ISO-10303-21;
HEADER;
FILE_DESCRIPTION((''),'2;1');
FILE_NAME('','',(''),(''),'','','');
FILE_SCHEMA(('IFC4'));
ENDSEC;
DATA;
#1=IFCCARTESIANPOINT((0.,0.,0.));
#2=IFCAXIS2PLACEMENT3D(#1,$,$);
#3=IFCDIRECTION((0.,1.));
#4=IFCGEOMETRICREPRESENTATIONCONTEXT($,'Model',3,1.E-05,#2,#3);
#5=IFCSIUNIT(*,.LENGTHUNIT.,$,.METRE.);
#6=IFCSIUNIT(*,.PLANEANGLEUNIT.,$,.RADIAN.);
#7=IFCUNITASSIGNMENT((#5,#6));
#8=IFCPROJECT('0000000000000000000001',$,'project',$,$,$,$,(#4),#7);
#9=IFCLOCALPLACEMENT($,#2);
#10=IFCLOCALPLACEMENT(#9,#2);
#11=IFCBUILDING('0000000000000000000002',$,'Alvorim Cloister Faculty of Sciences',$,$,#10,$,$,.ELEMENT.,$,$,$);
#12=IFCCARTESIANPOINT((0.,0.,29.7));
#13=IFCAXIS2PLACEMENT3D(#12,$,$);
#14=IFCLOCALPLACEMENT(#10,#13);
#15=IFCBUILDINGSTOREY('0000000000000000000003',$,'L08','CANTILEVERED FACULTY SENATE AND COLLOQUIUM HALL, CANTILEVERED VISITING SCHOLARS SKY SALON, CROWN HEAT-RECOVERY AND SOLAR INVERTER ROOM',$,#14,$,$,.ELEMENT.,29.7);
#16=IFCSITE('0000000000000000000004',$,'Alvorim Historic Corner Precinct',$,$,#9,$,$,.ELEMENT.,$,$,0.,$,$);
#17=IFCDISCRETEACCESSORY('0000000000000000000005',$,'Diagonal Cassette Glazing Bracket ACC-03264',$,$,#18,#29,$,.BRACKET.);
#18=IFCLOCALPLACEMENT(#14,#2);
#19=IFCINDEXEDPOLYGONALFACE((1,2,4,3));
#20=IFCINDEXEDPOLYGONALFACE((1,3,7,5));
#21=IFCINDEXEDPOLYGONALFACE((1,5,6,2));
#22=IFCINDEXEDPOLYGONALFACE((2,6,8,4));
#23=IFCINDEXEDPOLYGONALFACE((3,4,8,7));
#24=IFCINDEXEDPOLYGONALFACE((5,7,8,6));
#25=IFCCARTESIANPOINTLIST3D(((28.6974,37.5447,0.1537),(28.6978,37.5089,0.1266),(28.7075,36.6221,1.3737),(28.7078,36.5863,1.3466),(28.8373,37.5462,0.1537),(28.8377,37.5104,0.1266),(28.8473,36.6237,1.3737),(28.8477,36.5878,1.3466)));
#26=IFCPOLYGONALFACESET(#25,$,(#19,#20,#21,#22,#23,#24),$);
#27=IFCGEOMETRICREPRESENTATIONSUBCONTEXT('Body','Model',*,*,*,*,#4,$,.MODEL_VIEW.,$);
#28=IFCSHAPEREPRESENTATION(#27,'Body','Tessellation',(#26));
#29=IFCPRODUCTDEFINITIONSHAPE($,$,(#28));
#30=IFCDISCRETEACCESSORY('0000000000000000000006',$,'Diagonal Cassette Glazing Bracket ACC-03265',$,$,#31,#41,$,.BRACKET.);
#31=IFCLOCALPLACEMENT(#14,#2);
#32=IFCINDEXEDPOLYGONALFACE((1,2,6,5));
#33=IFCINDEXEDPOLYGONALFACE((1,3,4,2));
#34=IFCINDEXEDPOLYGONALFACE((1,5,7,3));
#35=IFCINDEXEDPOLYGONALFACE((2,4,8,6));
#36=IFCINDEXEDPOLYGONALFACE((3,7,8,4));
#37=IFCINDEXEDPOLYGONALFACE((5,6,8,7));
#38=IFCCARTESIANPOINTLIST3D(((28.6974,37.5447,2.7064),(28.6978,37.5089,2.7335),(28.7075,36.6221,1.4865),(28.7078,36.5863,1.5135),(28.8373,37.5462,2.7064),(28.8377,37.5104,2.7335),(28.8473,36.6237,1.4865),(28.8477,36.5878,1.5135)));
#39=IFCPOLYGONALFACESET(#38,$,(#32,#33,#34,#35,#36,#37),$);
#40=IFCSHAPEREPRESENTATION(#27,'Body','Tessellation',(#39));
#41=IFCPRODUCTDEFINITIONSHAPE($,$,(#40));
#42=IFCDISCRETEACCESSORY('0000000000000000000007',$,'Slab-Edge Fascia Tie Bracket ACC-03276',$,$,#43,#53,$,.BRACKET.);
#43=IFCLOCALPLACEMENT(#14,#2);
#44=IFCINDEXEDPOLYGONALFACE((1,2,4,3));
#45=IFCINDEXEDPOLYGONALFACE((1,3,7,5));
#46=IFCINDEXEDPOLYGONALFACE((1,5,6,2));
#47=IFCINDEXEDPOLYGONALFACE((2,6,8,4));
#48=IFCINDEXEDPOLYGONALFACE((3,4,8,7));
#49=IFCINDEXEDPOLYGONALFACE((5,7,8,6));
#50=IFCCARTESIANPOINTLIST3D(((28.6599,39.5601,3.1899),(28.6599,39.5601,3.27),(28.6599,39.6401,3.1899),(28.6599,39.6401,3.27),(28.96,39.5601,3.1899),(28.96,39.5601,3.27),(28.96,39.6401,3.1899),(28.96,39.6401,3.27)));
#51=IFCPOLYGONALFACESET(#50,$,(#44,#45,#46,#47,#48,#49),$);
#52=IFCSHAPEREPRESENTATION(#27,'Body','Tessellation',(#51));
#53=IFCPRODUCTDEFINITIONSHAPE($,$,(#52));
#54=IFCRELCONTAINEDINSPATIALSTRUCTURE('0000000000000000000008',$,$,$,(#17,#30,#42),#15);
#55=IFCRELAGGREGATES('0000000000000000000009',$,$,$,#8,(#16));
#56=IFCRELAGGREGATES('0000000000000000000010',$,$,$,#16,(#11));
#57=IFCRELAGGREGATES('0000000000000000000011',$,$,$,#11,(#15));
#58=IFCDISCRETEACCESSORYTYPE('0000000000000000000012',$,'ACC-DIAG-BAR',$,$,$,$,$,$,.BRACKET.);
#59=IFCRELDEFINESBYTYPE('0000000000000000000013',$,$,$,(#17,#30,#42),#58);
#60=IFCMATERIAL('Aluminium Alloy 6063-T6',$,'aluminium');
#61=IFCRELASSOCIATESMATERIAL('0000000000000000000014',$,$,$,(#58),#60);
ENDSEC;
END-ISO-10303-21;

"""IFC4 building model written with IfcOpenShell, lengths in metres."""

from ifc_helpers import new_model, si_unit, direction, frame, origin, origin_2d, place, context, subcontext, project, spatial, rectangle, extrude, material, type_object, element, save


model = new_model("IFC4")

# Units and contexts
model_context = context("Model", 3, precision=1e-05, world=origin(), true_north=direction((0.0, 1.0)))
body_context = subcontext(model_context, "Body", "Model", "MODEL_VIEW")
ifc_project = project(units=[si_unit("LENGTHUNIT", "METRE"), si_unit("PLANEANGLEUNIT", "RADIAN")], contexts=[model_context])

# Site, building, storey
site_placement = place(None, origin())
site = spatial("IfcSite", under=ifc_project, at=site_placement, Name="Alvorim Historic Corner Precinct", CompositionType="ELEMENT", RefElevation=0.0)
building_placement = place(site_placement, origin())
building = spatial("IfcBuilding", under=site, at=building_placement, Name="Alvorim Cloister Faculty of Sciences", CompositionType="ELEMENT")
storey_placement = place(building_placement, frame((0.0, 0.0, 29.7)))
storey = spatial("IfcBuildingStorey", under=building, at=storey_placement, Name="L08", Description="CANTILEVERED FACULTY SENATE AND COLLOQUIUM HALL, CANTILEVERED VISITING SCHOLARS SKY SALON, CROWN HEAT-RECOVERY AND SOLAR INVERTER ROOM", CompositionType="ELEMENT", Elevation=29.7)

# Shared definitions
ifc_material_1 = material(Name="Aluminium Alloy 6063-T6", Category="aluminium")

# Discrete accessories
discrete_accessory_type = type_object("IfcDiscreteAccessoryType", Name="ACC-DIAG-BAR", PredefinedType="BRACKET", material=ifc_material_1)
for number, where, z_axis, x_axis, name in (
    (1, (28.7776, 36.605, 1.3601), (-0.006544, 0.603175, -0.797582), (-0.999941, -0.010849, 0.0), "Diagonal Cassette Glazing Bracket ACC-03264"),
    (2, (28.7776, 36.605, 1.5), (-0.006544, 0.603175, 0.797582), (-0.999941, -0.010849, 0.0), "Diagonal Cassette Glazing Bracket ACC-03265"),
):
    element("IfcDiscreteAccessory", number, at=place(storey_placement, frame(where, z_axis=z_axis, x_axis=x_axis)), inside=storey, type_object=discrete_accessory_type, Name=name, PredefinedType="BRACKET", context=body_context, shape_type="SweptSolid", body=[
        extrude(rectangle(XDim=0.1399, YDim=0.0449, at=origin_2d()), origin(), (0.0, 0.0, 1.0), 1.5295),
    ])
discrete_accessory_placement = place(storey_placement, frame((28.6599, 39.6001, 3.23), z_axis=(1.0, 0.0, 0.0), x_axis=(0.0, 1.0, 0.0)))
element("IfcDiscreteAccessory", 3, at=discrete_accessory_placement, inside=storey, type_object=discrete_accessory_type, Name="Slab-Edge Fascia Tie Bracket ACC-03276", PredefinedType="BRACKET", context=body_context, shape_type="SweptSolid", body=[
    extrude(rectangle(XDim=0.0801, YDim=0.0801, at=origin_2d()), origin(), (0.0, 0.0, 1.0), 0.3),
])

save(model, "model.ifc")
